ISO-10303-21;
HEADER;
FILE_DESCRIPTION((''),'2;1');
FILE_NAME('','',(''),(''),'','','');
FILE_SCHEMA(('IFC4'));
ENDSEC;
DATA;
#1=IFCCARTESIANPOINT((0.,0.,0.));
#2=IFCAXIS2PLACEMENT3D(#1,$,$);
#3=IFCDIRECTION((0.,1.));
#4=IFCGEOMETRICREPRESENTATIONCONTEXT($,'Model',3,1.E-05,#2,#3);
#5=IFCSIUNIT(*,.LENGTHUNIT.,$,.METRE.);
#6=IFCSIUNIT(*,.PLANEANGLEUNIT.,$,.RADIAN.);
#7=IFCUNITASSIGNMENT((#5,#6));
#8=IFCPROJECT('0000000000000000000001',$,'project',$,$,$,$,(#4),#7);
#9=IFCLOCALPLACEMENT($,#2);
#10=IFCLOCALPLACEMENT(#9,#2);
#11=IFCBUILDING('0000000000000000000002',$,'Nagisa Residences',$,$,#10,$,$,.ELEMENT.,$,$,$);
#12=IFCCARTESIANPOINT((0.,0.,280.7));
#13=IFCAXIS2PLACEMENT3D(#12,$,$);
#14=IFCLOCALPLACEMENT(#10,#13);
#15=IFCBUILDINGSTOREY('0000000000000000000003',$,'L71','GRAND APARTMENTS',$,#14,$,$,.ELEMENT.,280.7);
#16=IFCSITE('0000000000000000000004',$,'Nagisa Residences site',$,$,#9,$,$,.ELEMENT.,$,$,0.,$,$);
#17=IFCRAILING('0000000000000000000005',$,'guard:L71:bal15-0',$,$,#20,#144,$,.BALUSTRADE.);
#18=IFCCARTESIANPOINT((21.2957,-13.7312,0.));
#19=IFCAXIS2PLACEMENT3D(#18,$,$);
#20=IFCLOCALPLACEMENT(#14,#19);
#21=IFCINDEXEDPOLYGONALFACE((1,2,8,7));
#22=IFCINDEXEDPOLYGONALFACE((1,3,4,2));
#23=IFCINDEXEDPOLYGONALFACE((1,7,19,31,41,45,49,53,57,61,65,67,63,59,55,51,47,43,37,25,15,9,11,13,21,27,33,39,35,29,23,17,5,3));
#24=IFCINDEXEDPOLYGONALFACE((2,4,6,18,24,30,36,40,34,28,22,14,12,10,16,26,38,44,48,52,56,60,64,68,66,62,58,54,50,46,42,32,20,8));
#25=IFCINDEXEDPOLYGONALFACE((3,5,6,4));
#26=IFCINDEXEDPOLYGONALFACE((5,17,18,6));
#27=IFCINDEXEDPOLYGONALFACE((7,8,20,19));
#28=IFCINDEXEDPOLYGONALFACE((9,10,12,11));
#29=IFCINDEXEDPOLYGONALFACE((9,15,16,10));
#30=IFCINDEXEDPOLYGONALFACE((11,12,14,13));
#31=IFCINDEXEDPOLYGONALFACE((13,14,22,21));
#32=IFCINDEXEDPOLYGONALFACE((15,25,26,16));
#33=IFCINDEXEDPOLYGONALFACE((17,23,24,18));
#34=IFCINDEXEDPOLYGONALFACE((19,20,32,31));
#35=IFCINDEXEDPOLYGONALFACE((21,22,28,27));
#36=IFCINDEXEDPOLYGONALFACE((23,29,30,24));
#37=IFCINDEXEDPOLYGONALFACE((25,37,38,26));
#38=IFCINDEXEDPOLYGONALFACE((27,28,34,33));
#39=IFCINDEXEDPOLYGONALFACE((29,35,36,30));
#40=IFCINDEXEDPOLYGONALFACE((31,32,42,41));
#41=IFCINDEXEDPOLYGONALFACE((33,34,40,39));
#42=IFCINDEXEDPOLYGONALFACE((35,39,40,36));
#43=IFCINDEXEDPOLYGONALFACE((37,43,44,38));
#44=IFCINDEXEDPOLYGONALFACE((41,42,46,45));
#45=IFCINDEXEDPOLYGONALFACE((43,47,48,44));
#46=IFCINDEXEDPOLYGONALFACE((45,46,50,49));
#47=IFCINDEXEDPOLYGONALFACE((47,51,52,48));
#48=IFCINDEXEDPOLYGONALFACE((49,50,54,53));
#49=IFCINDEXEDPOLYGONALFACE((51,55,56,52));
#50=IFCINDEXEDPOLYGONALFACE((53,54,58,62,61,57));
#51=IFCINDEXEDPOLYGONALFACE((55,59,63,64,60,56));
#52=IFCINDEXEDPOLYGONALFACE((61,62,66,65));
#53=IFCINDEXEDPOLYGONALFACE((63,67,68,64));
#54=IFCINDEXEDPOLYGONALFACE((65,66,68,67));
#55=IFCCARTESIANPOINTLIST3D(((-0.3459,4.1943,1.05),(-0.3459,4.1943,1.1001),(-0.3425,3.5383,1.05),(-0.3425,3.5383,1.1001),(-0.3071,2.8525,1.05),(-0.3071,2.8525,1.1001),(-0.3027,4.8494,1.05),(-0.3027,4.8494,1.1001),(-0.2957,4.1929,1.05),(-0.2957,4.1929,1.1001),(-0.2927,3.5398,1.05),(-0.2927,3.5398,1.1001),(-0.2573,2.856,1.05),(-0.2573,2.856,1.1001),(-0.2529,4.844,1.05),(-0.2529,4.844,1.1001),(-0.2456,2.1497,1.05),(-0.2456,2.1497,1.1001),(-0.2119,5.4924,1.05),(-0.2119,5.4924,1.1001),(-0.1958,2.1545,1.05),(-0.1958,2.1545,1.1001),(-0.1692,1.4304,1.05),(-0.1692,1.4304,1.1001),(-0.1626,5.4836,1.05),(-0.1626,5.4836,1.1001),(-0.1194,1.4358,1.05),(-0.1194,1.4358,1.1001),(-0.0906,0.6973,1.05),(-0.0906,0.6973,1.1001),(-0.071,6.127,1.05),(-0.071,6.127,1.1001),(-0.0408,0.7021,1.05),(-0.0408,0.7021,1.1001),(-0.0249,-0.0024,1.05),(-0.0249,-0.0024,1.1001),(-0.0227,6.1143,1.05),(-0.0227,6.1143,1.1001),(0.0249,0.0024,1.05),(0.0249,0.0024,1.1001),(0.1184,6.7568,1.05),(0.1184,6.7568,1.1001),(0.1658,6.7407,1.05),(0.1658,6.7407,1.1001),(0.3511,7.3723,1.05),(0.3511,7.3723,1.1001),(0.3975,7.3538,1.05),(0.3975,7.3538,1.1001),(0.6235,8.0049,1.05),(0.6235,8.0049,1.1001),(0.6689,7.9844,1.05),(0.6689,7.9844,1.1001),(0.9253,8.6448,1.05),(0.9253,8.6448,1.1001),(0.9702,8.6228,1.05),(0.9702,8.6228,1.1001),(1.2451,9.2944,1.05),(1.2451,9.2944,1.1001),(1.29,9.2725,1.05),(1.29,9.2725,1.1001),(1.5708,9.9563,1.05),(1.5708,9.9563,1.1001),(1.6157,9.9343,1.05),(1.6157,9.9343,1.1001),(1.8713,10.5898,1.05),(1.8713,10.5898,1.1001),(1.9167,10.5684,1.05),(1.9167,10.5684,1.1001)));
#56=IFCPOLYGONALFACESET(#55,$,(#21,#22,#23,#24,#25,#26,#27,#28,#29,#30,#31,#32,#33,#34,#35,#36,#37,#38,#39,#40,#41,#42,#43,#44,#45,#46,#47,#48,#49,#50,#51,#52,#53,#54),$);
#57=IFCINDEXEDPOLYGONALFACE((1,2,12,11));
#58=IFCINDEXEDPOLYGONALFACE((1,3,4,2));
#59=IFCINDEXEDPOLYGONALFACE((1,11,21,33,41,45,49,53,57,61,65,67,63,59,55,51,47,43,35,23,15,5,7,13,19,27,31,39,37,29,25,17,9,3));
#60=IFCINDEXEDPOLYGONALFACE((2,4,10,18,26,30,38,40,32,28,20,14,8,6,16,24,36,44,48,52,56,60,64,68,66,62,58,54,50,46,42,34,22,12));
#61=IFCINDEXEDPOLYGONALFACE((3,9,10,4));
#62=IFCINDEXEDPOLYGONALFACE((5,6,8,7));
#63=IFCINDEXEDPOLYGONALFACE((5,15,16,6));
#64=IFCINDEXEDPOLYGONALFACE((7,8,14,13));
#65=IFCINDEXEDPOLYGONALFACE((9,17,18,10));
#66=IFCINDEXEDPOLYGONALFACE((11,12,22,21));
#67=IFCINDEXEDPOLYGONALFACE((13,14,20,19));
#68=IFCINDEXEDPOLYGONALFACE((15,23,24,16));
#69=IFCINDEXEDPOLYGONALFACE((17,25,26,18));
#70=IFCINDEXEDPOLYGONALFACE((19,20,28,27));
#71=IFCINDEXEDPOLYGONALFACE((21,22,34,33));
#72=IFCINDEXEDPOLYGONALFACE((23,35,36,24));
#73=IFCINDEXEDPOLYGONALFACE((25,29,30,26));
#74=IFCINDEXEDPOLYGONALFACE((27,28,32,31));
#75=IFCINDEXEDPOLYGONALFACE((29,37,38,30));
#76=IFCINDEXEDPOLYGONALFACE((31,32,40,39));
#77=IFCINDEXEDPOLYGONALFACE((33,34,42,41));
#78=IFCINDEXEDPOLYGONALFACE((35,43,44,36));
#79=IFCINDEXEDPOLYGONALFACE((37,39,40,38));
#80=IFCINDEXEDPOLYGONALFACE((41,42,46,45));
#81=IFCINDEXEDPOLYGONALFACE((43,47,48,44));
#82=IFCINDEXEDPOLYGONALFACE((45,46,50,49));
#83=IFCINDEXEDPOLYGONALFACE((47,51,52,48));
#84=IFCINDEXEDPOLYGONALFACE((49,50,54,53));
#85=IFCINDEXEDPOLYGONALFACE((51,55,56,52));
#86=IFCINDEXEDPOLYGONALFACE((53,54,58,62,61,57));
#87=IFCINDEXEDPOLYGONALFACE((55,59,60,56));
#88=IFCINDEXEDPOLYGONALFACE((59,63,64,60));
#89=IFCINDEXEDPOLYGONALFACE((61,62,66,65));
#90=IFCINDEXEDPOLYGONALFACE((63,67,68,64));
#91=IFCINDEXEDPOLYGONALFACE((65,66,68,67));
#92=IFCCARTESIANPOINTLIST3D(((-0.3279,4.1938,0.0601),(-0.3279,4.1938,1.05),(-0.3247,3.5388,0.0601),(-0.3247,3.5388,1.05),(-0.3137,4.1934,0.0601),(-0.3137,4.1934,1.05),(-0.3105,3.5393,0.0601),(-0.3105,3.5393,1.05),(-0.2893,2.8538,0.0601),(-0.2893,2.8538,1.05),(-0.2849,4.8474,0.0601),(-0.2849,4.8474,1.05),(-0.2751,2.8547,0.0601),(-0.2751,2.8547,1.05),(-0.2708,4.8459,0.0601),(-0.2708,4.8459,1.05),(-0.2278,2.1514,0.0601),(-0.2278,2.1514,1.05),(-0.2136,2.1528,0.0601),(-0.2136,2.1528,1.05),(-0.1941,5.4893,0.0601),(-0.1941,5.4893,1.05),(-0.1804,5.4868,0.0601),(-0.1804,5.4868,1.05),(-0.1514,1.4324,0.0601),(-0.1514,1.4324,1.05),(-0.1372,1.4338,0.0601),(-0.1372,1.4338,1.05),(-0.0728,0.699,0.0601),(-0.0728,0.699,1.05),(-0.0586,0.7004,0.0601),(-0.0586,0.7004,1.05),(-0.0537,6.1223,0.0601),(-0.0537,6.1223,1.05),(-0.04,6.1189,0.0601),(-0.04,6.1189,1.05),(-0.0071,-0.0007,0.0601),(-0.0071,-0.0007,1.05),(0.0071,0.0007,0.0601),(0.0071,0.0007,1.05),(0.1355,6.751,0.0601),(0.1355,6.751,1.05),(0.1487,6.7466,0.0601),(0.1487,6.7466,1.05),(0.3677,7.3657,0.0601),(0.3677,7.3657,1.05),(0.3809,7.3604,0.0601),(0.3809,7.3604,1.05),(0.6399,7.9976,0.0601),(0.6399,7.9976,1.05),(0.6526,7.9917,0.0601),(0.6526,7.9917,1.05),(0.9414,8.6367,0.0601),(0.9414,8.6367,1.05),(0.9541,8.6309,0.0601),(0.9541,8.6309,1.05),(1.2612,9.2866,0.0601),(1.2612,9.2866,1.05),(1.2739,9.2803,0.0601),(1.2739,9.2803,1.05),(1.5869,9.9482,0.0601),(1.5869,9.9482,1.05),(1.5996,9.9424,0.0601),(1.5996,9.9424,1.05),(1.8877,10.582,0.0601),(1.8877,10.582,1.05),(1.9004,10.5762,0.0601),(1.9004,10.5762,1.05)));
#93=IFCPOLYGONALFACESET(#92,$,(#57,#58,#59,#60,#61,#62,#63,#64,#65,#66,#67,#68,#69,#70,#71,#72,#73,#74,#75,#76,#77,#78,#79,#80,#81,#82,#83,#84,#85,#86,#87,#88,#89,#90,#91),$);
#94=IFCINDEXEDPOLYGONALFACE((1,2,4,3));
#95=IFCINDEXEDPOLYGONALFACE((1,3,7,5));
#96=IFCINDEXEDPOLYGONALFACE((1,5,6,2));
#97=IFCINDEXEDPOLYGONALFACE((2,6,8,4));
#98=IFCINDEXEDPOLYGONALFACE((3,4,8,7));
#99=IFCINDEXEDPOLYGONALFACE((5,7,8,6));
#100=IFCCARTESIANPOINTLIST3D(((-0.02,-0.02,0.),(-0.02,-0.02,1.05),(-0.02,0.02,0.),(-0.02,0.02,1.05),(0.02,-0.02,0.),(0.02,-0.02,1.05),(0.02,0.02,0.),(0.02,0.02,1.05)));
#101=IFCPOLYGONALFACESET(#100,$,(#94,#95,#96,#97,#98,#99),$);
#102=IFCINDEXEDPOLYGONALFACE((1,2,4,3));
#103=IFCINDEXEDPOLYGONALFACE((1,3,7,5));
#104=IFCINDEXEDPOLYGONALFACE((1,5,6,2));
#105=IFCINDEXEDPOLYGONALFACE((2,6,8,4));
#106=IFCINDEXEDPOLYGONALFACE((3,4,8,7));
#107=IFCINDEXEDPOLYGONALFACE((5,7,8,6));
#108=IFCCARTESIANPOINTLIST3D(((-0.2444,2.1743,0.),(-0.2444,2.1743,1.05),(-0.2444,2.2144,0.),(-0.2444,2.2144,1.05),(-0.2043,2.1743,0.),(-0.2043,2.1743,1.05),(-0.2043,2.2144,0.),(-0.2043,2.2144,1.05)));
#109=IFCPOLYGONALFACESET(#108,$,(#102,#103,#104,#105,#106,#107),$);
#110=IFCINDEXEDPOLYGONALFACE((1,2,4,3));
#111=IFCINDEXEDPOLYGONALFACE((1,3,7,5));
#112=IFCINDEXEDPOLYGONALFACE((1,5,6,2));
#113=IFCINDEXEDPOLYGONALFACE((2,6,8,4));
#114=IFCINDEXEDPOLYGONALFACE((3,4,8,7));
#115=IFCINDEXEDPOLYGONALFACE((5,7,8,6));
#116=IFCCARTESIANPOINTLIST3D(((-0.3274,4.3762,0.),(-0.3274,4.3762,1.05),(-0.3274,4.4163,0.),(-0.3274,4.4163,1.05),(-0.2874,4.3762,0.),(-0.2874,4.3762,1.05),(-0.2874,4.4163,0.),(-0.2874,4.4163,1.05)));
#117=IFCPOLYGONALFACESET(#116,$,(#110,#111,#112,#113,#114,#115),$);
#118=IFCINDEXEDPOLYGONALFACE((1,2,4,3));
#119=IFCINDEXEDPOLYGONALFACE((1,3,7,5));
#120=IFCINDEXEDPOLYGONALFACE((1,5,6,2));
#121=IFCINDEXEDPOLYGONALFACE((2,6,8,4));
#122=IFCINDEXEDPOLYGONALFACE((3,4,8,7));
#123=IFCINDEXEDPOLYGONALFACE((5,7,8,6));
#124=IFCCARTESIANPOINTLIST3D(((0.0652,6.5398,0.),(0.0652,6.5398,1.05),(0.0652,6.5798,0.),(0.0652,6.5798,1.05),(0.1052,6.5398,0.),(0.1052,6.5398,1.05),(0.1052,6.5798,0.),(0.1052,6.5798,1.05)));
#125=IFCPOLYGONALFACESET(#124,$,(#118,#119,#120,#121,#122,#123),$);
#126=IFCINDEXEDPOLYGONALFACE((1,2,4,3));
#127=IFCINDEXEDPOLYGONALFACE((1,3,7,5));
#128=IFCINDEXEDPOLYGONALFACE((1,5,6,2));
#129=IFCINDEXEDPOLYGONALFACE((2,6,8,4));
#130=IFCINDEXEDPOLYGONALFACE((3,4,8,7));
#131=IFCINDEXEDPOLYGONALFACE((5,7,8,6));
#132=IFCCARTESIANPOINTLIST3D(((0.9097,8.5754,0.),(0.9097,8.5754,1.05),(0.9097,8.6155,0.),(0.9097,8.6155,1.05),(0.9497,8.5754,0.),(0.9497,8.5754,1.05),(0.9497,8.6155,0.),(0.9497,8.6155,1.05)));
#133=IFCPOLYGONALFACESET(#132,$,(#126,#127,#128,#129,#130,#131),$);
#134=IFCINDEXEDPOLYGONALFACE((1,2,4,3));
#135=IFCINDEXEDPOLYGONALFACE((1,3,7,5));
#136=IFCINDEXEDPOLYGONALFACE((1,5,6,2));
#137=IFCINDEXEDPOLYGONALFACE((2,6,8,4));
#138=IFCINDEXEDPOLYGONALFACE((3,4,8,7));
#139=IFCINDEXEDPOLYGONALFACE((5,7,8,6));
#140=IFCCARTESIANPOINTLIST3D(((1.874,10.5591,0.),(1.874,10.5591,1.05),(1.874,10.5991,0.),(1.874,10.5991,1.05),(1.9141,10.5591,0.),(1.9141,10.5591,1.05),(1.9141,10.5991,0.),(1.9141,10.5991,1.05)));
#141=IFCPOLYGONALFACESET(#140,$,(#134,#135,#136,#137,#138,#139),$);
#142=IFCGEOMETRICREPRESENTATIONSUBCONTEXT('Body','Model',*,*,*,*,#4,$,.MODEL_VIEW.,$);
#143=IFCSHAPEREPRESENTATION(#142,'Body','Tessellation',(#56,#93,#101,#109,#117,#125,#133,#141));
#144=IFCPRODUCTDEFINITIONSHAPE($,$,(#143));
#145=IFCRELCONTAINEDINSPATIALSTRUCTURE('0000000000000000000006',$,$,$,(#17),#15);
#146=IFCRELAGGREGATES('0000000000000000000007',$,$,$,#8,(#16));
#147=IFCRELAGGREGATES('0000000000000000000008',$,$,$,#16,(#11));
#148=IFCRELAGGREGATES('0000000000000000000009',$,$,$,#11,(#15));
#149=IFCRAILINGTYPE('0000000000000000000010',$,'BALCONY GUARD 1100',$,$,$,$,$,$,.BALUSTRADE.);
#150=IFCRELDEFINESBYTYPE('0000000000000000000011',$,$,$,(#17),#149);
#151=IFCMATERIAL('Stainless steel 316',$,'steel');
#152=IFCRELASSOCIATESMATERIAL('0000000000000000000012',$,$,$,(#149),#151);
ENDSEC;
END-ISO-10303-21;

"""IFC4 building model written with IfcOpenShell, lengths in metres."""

from ifc_helpers import new_model, si_unit, direction, frame, origin, origin_2d, place, context, subcontext, project, spatial, polyline, rectangle, outline, extrude, material, type_object, element, save


model = new_model("IFC4")

# Units and contexts
model_context = context("Model", 3, precision=1e-05, world=origin(), true_north=direction((0.0, 1.0)))
body_context = subcontext(model_context, "Body", "Model", "MODEL_VIEW")
ifc_project = project(units=[si_unit("LENGTHUNIT", "METRE"), si_unit("PLANEANGLEUNIT", "RADIAN")], contexts=[model_context])

# Site, building, storey
site_placement = place(None, origin())
site = spatial("IfcSite", under=ifc_project, at=site_placement, Name="Nagisa Residences site", CompositionType="ELEMENT", RefElevation=0.0)
building_placement = place(site_placement, origin())
building = spatial("IfcBuilding", under=site, at=building_placement, Name="Nagisa Residences", CompositionType="ELEMENT")
storey_placement = place(building_placement, frame((0.0, 0.0, 280.7)))
storey = spatial("IfcBuildingStorey", under=building, at=storey_placement, Name="L71", Description="GRAND APARTMENTS", CompositionType="ELEMENT", Elevation=280.7)

# Railing
ifc_material_1 = material(Name="Stainless steel 316", Category="steel")
railing_type = type_object("IfcRailingType", Name="BALCONY GUARD 1100", PredefinedType="BALUSTRADE", material=ifc_material_1)
railing_1_placement = place(storey_placement, frame((21.2957, -13.7312, 0.0)))
element("IfcRailing", 1, at=railing_1_placement, inside=storey, type_object=railing_type, Name="guard:L71:bal15-0", PredefinedType="BALUSTRADE", context=body_context, shape_type="SweptSolid", body=[
    extrude(outline(polyline([(-0.0906, 0.6973), (-0.0249, -0.0024), (0.0249, 0.0024), (-0.0408, 0.7021), (-0.1194, 1.4358), (-0.1958, 2.1545), (-0.2573, 2.856), (-0.2927, 3.5398), (-0.2957, 4.1929), (-0.2529, 4.844), (-0.1626, 5.4836), (-0.0227, 6.1143), (0.1658, 6.7407), (0.3975, 7.3538), (0.6689, 7.9844), (0.9702, 8.6228), (1.29, 9.2725), (1.6157, 9.9343), (1.9167, 10.5684), (1.8713, 10.5898), (1.5708, 9.9563), (1.2451, 9.2944), (0.9253, 8.6448), (0.6235, 8.0049), (0.3511, 7.3723), (0.1184, 6.7568), (-0.071, 6.127), (-0.2119, 5.4924), (-0.3027, 4.8494), (-0.3459, 4.1943), (-0.3425, 3.5383), (-0.3071, 2.8525), (-0.2456, 2.1497), (-0.1692, 1.4304), (-0.0906, 0.6973)])), frame((0.0, 0.0, 1.05)), (0.0, 0.0, 1.0), 0.05),
    extrude(outline(polyline([(-0.0728, 0.699), (-0.0071, -0.0007), (0.0071, 0.0007), (-0.0586, 0.7004), (-0.1372, 1.4338), (-0.2136, 2.1528), (-0.2751, 2.8547), (-0.3105, 3.5393), (-0.3137, 4.1934), (-0.2708, 4.8459), (-0.1804, 5.4868), (-0.04, 6.1189), (0.1487, 6.7466), (0.3809, 7.3604), (0.6526, 7.9917), (0.9541, 8.6309), (1.2739, 9.2803), (1.5996, 9.9424), (1.9004, 10.5762), (1.8877, 10.582), (1.5869, 9.9482), (1.2612, 9.2866), (0.9414, 8.6367), (0.6399, 7.9976), (0.3677, 7.3657), (0.1355, 6.751), (-0.0537, 6.1223), (-0.1941, 5.4893), (-0.2849, 4.8474), (-0.3279, 4.1938), (-0.3247, 3.5388), (-0.2893, 2.8538), (-0.2278, 2.1514), (-0.1514, 1.4324), (-0.0728, 0.699)])), frame((0.0, 0.0, 0.0601)), (0.0, 0.0, 1.0), 0.99),
    extrude(rectangle(XDim=0.04, YDim=0.04, at=origin_2d()), origin(), (0.0, 0.0, 1.0), 1.05),
    extrude(rectangle(XDim=0.04, YDim=0.04, at=origin_2d()), frame((-0.2244, 2.1943, 0.0)), (0.0, 0.0, 1.0), 1.05),
    extrude(rectangle(XDim=0.04, YDim=0.04, at=origin_2d()), frame((-0.3074, 4.3962, 0.0)), (0.0, 0.0, 1.0), 1.05),
    extrude(rectangle(XDim=0.04, YDim=0.04, at=origin_2d()), frame((0.0852, 6.5598, 0.0)), (0.0, 0.0, 1.0), 1.05),
    extrude(rectangle(XDim=0.04, YDim=0.04, at=origin_2d()), frame((0.9297, 8.5955, 0.0)), (0.0, 0.0, 1.0), 1.05),
    extrude(rectangle(XDim=0.04, YDim=0.04, at=origin_2d()), frame((1.894, 10.5791, 0.0)), (0.0, 0.0, 1.0), 1.05),
])

save(model, "model.ifc")
